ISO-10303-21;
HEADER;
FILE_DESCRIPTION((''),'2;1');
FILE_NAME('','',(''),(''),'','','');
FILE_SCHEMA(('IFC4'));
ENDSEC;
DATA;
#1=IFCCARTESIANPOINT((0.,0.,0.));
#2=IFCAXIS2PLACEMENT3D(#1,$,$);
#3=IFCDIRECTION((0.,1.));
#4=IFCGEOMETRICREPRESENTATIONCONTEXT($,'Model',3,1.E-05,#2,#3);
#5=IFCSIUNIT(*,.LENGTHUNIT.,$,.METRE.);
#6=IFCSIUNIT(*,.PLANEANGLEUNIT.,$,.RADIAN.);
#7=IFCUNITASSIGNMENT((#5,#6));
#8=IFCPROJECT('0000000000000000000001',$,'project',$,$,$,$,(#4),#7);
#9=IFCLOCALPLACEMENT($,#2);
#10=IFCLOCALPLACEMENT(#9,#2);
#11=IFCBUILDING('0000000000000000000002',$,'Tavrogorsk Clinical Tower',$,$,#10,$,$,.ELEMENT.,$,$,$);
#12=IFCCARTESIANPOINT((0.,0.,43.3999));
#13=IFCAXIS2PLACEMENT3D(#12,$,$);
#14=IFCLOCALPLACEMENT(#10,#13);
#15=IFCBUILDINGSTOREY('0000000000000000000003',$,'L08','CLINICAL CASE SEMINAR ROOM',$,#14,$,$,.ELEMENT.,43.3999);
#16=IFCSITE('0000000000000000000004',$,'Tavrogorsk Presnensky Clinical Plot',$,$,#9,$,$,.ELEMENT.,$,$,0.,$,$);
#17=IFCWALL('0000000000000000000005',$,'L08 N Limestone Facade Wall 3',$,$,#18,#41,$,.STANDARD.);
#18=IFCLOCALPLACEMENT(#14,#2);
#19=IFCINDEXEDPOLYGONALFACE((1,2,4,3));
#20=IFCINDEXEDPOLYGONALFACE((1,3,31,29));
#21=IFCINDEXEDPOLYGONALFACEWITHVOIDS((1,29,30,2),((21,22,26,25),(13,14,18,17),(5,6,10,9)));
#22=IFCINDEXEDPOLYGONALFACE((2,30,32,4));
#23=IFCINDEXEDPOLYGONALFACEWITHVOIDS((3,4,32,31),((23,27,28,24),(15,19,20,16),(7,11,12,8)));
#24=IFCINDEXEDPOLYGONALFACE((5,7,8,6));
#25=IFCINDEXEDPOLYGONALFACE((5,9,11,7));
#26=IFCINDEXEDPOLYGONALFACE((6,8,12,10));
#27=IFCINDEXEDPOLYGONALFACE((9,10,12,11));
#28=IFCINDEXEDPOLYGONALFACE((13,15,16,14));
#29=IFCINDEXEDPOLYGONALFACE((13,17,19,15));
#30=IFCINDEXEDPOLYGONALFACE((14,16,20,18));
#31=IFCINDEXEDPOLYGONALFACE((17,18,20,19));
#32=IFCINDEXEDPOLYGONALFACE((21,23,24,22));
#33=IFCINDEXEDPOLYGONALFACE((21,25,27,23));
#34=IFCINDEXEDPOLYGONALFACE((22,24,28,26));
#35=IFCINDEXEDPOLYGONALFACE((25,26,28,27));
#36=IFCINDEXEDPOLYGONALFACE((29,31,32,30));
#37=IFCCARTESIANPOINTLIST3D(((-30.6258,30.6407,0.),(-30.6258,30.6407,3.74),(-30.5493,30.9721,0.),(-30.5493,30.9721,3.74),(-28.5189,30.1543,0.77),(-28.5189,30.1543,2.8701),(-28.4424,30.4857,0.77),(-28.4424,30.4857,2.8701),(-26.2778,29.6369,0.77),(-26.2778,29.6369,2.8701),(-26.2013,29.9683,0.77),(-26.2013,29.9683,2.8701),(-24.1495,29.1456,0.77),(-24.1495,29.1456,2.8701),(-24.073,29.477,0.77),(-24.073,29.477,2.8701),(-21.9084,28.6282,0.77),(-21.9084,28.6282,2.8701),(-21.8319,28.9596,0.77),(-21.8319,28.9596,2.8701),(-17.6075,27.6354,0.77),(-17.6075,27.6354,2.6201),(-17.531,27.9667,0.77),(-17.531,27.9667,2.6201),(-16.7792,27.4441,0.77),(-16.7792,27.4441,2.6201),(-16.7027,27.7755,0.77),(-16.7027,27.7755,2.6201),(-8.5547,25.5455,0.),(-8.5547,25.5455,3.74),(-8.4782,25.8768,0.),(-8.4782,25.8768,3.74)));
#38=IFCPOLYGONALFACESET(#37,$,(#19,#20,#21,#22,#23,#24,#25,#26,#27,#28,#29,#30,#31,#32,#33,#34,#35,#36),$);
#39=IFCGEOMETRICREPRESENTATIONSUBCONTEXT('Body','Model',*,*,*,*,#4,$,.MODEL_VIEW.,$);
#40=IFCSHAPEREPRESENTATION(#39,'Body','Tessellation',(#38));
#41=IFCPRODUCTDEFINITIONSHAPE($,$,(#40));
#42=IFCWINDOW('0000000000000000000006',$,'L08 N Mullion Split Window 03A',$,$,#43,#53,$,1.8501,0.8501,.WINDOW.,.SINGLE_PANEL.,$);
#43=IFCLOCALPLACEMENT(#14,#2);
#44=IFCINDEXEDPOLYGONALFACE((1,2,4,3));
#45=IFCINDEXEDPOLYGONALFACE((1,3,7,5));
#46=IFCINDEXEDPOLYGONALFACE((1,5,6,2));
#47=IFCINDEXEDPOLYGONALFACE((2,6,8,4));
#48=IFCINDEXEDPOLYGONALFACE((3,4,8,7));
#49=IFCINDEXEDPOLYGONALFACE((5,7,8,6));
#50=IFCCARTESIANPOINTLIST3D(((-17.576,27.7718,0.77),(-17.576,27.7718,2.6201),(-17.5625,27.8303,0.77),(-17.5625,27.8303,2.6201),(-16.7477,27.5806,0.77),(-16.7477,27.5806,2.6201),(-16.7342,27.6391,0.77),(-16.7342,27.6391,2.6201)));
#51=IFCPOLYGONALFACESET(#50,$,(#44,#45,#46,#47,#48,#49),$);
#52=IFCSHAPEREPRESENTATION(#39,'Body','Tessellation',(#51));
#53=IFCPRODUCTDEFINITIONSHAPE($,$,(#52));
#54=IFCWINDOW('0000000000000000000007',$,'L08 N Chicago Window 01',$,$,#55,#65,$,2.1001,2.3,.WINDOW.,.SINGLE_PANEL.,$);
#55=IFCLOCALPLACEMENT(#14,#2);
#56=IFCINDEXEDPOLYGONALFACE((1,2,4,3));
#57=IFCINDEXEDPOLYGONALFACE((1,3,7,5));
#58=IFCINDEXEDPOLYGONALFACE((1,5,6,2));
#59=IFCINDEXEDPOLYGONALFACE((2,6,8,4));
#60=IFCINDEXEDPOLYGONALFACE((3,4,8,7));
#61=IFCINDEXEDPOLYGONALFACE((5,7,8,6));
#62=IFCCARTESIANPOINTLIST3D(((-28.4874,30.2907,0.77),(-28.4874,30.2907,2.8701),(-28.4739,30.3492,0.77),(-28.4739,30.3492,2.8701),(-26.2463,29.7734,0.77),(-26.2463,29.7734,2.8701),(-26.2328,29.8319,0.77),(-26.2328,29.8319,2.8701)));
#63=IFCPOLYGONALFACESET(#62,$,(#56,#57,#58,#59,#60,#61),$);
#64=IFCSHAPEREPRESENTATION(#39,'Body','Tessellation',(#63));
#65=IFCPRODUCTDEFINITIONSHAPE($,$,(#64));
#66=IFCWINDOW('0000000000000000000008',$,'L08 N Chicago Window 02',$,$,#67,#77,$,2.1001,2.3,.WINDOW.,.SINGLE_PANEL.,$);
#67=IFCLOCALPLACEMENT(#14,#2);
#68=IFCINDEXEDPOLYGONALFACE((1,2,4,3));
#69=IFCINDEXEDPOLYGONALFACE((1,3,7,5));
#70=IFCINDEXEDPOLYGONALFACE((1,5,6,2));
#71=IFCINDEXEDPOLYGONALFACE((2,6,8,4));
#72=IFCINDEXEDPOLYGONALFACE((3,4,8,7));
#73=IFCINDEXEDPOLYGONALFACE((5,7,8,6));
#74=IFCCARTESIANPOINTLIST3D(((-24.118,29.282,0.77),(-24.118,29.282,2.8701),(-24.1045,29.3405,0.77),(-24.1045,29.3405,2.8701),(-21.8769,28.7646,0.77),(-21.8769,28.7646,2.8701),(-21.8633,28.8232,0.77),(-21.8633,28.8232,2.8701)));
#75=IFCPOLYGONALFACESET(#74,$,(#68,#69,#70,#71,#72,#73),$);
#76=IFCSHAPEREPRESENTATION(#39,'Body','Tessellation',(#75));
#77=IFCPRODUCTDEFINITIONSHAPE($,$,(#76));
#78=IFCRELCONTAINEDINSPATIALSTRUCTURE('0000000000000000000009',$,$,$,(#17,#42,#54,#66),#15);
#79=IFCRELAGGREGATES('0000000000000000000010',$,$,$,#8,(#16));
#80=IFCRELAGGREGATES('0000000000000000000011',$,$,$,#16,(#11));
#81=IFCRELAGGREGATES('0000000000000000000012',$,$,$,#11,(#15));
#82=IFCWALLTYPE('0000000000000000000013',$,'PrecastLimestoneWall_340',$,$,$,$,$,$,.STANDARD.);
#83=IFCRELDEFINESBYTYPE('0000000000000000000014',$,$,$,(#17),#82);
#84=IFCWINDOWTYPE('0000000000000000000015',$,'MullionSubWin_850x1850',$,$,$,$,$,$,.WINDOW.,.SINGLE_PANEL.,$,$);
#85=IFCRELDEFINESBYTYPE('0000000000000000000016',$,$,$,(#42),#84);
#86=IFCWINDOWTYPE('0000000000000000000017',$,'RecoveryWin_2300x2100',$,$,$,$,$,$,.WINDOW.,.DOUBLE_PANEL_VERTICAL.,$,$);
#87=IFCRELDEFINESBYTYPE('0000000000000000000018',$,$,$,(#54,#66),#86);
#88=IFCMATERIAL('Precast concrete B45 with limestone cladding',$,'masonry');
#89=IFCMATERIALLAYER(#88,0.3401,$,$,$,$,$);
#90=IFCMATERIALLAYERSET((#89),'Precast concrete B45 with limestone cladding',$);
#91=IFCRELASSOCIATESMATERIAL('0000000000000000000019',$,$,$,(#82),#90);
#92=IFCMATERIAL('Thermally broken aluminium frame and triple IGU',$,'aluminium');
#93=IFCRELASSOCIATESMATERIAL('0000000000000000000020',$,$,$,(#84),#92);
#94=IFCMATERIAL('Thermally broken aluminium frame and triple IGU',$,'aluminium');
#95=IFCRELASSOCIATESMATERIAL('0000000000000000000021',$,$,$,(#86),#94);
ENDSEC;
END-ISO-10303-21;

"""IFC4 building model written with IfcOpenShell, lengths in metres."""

from ifc_helpers import new_model, si_unit, direction, frame, frame_2d, origin, place, context, subcontext, project, spatial, rectangle, extrude, material, layer, layer_set, type_object, element, fill, save


model = new_model("IFC4")

# Units and contexts
model_context = context("Model", 3, precision=1e-05, world=origin(), true_north=direction((0.0, 1.0)))
body_context = subcontext(model_context, "Body", "Model", "MODEL_VIEW")
ifc_project = project(units=[si_unit("LENGTHUNIT", "METRE"), si_unit("PLANEANGLEUNIT", "RADIAN")], contexts=[model_context])

# Site, building, storey
site_placement = place(None, origin())
site = spatial("IfcSite", under=ifc_project, at=site_placement, Name="Tavrogorsk Presnensky Clinical Plot", CompositionType="ELEMENT", RefElevation=0.0)
building_placement = place(site_placement, origin())
building = spatial("IfcBuilding", under=site, at=building_placement, Name="Tavrogorsk Clinical Tower", CompositionType="ELEMENT")
storey_placement = place(building_placement, frame((0.0, 0.0, 43.3999)))
storey = spatial("IfcBuildingStorey", under=building, at=storey_placement, Name="L08", Description="CLINICAL CASE SEMINAR ROOM", CompositionType="ELEMENT", Elevation=43.3999)

# Wall, openings, windows
ifc_material_1 = material(Name="Precast concrete B45 with limestone cladding", Category="masonry")
ifc_layer_1 = layer(ifc_material_1, 0.3401)
ifc_layer_set_1 = layer_set([ifc_layer_1], Name="Precast concrete B45 with limestone cladding")
wall_type_1 = type_object("IfcWallType", Name="PrecastLimestoneWall_340", PredefinedType="STANDARD", material=ifc_layer_set_1)
wall_1_placement = place(storey_placement, frame((-8.5166, 25.7112, 0.0), z_axis=(0.0, 0.0, 1.0), x_axis=(-0.974373, 0.224939, 0.0)))
wall_1 = element("IfcWall", 1, at=wall_1_placement, inside=storey, type_object=wall_type_1, Name="L08 N Limestone Facade Wall 3", PredefinedType="STANDARD", context=body_context, shape_type="SweptSolid", body=[
    extrude(rectangle(XDim=22.6516, YDim=0.3401, at=frame_2d((11.3257, 0.0))), origin(), (0.0, 0.0, 1.0), 3.74),
])
opening_1_placement = place(wall_1_placement, frame((18.1892, 0.0, 0.77)))
opening_1 = element("IfcOpeningElement", 2, at=opening_1_placement, cuts=wall_1, PredefinedType="OPENING", context=body_context, shape_type="SweptSolid", body=[
    extrude(rectangle(XDim=2.3, YDim=2.1001, at=frame_2d((1.1499, 1.05))), frame((0.0, 0.1799, 0.0), z_axis=(0.0, -1.0, 0.0), x_axis=(1.0, 0.0, 0.0)), (0.0, 0.0, 1.0), 0.3601),
])
opening_2_placement = place(wall_1_placement, frame((13.7048, 0.0, 0.77)))
opening_2 = element("IfcOpeningElement", 3, at=opening_2_placement, cuts=wall_1, PredefinedType="OPENING", context=body_context, shape_type="SweptSolid", body=[
    extrude(rectangle(XDim=2.3, YDim=2.1001, at=frame_2d((1.1499, 1.05))), frame((0.0, 0.1799, 0.0), z_axis=(0.0, -1.0, 0.0), x_axis=(1.0, 0.0, 0.0)), (0.0, 0.0, 1.0), 0.3601),
])
opening_3_placement = place(wall_1_placement, frame((8.4407, 0.0, 0.77)))
opening_3 = element("IfcOpeningElement", 4, at=opening_3_placement, cuts=wall_1, PredefinedType="OPENING", context=body_context, shape_type="SweptSolid", body=[
    extrude(rectangle(XDim=0.8501, YDim=1.8501, at=frame_2d((0.425, 0.925))), frame((0.0, 0.1799, 0.0), z_axis=(0.0, -1.0, 0.0), x_axis=(1.0, 0.0, 0.0)), (0.0, 0.0, 1.0), 0.3601),
])
ifc_material_2 = material(Name="Thermally broken aluminium frame and triple IGU", Category="aluminium")
window_type_1 = type_object("IfcWindowType", Name="MullionSubWin_850x1850", PartitioningType="SINGLE_PANEL", PredefinedType="WINDOW", material=ifc_material_2)
window_1_placement = place(opening_3_placement, origin())
window_1 = element("IfcWindow", 5, at=window_1_placement, inside=storey, type_object=window_type_1, Name="L08 N Mullion Split Window 03A", OverallHeight=1.8501, OverallWidth=0.8501, PartitioningType="SINGLE_PANEL", PredefinedType="WINDOW", context=body_context, shape_type="SweptSolid", body=[
    extrude(rectangle(XDim=0.8501, YDim=1.8501, at=frame_2d((0.425, 0.925))), frame((0.0, 0.03, 0.0), z_axis=(0.0, -1.0, 0.0), x_axis=(1.0, 0.0, 0.0)), (0.0, 0.0, 1.0), 0.0601),
])
fill(opening_3, window_1)
ifc_material_3 = material(Name="Thermally broken aluminium frame and triple IGU", Category="aluminium")
window_type_2 = type_object("IfcWindowType", Name="RecoveryWin_2300x2100", PartitioningType="DOUBLE_PANEL_VERTICAL", PredefinedType="WINDOW", material=ifc_material_3)
window_2_placement = place(opening_1_placement, origin())
window_2 = element("IfcWindow", 6, at=window_2_placement, inside=storey, type_object=window_type_2, Name="L08 N Chicago Window 01", OverallHeight=2.1001, OverallWidth=2.3, PartitioningType="SINGLE_PANEL", PredefinedType="WINDOW", context=body_context, shape_type="SweptSolid", body=[
    extrude(rectangle(XDim=2.3, YDim=2.1001, at=frame_2d((1.1499, 1.05))), frame((0.0, 0.03, 0.0), z_axis=(0.0, -1.0, 0.0), x_axis=(1.0, 0.0, 0.0)), (0.0, 0.0, 1.0), 0.0601),
])
fill(opening_1, window_2)
window_3_placement = place(opening_2_placement, origin())
window_3 = element("IfcWindow", 7, at=window_3_placement, inside=storey, type_object=window_type_2, Name="L08 N Chicago Window 02", OverallHeight=2.1001, OverallWidth=2.3, PartitioningType="SINGLE_PANEL", PredefinedType="WINDOW", context=body_context, shape_type="SweptSolid", body=[
    extrude(rectangle(XDim=2.3, YDim=2.1001, at=frame_2d((1.1499, 1.05))), frame((0.0, 0.03, 0.0), z_axis=(0.0, -1.0, 0.0), x_axis=(1.0, 0.0, 0.0)), (0.0, 0.0, 1.0), 0.0601),
])
fill(opening_2, window_3)

save(model, "model.ifc")
